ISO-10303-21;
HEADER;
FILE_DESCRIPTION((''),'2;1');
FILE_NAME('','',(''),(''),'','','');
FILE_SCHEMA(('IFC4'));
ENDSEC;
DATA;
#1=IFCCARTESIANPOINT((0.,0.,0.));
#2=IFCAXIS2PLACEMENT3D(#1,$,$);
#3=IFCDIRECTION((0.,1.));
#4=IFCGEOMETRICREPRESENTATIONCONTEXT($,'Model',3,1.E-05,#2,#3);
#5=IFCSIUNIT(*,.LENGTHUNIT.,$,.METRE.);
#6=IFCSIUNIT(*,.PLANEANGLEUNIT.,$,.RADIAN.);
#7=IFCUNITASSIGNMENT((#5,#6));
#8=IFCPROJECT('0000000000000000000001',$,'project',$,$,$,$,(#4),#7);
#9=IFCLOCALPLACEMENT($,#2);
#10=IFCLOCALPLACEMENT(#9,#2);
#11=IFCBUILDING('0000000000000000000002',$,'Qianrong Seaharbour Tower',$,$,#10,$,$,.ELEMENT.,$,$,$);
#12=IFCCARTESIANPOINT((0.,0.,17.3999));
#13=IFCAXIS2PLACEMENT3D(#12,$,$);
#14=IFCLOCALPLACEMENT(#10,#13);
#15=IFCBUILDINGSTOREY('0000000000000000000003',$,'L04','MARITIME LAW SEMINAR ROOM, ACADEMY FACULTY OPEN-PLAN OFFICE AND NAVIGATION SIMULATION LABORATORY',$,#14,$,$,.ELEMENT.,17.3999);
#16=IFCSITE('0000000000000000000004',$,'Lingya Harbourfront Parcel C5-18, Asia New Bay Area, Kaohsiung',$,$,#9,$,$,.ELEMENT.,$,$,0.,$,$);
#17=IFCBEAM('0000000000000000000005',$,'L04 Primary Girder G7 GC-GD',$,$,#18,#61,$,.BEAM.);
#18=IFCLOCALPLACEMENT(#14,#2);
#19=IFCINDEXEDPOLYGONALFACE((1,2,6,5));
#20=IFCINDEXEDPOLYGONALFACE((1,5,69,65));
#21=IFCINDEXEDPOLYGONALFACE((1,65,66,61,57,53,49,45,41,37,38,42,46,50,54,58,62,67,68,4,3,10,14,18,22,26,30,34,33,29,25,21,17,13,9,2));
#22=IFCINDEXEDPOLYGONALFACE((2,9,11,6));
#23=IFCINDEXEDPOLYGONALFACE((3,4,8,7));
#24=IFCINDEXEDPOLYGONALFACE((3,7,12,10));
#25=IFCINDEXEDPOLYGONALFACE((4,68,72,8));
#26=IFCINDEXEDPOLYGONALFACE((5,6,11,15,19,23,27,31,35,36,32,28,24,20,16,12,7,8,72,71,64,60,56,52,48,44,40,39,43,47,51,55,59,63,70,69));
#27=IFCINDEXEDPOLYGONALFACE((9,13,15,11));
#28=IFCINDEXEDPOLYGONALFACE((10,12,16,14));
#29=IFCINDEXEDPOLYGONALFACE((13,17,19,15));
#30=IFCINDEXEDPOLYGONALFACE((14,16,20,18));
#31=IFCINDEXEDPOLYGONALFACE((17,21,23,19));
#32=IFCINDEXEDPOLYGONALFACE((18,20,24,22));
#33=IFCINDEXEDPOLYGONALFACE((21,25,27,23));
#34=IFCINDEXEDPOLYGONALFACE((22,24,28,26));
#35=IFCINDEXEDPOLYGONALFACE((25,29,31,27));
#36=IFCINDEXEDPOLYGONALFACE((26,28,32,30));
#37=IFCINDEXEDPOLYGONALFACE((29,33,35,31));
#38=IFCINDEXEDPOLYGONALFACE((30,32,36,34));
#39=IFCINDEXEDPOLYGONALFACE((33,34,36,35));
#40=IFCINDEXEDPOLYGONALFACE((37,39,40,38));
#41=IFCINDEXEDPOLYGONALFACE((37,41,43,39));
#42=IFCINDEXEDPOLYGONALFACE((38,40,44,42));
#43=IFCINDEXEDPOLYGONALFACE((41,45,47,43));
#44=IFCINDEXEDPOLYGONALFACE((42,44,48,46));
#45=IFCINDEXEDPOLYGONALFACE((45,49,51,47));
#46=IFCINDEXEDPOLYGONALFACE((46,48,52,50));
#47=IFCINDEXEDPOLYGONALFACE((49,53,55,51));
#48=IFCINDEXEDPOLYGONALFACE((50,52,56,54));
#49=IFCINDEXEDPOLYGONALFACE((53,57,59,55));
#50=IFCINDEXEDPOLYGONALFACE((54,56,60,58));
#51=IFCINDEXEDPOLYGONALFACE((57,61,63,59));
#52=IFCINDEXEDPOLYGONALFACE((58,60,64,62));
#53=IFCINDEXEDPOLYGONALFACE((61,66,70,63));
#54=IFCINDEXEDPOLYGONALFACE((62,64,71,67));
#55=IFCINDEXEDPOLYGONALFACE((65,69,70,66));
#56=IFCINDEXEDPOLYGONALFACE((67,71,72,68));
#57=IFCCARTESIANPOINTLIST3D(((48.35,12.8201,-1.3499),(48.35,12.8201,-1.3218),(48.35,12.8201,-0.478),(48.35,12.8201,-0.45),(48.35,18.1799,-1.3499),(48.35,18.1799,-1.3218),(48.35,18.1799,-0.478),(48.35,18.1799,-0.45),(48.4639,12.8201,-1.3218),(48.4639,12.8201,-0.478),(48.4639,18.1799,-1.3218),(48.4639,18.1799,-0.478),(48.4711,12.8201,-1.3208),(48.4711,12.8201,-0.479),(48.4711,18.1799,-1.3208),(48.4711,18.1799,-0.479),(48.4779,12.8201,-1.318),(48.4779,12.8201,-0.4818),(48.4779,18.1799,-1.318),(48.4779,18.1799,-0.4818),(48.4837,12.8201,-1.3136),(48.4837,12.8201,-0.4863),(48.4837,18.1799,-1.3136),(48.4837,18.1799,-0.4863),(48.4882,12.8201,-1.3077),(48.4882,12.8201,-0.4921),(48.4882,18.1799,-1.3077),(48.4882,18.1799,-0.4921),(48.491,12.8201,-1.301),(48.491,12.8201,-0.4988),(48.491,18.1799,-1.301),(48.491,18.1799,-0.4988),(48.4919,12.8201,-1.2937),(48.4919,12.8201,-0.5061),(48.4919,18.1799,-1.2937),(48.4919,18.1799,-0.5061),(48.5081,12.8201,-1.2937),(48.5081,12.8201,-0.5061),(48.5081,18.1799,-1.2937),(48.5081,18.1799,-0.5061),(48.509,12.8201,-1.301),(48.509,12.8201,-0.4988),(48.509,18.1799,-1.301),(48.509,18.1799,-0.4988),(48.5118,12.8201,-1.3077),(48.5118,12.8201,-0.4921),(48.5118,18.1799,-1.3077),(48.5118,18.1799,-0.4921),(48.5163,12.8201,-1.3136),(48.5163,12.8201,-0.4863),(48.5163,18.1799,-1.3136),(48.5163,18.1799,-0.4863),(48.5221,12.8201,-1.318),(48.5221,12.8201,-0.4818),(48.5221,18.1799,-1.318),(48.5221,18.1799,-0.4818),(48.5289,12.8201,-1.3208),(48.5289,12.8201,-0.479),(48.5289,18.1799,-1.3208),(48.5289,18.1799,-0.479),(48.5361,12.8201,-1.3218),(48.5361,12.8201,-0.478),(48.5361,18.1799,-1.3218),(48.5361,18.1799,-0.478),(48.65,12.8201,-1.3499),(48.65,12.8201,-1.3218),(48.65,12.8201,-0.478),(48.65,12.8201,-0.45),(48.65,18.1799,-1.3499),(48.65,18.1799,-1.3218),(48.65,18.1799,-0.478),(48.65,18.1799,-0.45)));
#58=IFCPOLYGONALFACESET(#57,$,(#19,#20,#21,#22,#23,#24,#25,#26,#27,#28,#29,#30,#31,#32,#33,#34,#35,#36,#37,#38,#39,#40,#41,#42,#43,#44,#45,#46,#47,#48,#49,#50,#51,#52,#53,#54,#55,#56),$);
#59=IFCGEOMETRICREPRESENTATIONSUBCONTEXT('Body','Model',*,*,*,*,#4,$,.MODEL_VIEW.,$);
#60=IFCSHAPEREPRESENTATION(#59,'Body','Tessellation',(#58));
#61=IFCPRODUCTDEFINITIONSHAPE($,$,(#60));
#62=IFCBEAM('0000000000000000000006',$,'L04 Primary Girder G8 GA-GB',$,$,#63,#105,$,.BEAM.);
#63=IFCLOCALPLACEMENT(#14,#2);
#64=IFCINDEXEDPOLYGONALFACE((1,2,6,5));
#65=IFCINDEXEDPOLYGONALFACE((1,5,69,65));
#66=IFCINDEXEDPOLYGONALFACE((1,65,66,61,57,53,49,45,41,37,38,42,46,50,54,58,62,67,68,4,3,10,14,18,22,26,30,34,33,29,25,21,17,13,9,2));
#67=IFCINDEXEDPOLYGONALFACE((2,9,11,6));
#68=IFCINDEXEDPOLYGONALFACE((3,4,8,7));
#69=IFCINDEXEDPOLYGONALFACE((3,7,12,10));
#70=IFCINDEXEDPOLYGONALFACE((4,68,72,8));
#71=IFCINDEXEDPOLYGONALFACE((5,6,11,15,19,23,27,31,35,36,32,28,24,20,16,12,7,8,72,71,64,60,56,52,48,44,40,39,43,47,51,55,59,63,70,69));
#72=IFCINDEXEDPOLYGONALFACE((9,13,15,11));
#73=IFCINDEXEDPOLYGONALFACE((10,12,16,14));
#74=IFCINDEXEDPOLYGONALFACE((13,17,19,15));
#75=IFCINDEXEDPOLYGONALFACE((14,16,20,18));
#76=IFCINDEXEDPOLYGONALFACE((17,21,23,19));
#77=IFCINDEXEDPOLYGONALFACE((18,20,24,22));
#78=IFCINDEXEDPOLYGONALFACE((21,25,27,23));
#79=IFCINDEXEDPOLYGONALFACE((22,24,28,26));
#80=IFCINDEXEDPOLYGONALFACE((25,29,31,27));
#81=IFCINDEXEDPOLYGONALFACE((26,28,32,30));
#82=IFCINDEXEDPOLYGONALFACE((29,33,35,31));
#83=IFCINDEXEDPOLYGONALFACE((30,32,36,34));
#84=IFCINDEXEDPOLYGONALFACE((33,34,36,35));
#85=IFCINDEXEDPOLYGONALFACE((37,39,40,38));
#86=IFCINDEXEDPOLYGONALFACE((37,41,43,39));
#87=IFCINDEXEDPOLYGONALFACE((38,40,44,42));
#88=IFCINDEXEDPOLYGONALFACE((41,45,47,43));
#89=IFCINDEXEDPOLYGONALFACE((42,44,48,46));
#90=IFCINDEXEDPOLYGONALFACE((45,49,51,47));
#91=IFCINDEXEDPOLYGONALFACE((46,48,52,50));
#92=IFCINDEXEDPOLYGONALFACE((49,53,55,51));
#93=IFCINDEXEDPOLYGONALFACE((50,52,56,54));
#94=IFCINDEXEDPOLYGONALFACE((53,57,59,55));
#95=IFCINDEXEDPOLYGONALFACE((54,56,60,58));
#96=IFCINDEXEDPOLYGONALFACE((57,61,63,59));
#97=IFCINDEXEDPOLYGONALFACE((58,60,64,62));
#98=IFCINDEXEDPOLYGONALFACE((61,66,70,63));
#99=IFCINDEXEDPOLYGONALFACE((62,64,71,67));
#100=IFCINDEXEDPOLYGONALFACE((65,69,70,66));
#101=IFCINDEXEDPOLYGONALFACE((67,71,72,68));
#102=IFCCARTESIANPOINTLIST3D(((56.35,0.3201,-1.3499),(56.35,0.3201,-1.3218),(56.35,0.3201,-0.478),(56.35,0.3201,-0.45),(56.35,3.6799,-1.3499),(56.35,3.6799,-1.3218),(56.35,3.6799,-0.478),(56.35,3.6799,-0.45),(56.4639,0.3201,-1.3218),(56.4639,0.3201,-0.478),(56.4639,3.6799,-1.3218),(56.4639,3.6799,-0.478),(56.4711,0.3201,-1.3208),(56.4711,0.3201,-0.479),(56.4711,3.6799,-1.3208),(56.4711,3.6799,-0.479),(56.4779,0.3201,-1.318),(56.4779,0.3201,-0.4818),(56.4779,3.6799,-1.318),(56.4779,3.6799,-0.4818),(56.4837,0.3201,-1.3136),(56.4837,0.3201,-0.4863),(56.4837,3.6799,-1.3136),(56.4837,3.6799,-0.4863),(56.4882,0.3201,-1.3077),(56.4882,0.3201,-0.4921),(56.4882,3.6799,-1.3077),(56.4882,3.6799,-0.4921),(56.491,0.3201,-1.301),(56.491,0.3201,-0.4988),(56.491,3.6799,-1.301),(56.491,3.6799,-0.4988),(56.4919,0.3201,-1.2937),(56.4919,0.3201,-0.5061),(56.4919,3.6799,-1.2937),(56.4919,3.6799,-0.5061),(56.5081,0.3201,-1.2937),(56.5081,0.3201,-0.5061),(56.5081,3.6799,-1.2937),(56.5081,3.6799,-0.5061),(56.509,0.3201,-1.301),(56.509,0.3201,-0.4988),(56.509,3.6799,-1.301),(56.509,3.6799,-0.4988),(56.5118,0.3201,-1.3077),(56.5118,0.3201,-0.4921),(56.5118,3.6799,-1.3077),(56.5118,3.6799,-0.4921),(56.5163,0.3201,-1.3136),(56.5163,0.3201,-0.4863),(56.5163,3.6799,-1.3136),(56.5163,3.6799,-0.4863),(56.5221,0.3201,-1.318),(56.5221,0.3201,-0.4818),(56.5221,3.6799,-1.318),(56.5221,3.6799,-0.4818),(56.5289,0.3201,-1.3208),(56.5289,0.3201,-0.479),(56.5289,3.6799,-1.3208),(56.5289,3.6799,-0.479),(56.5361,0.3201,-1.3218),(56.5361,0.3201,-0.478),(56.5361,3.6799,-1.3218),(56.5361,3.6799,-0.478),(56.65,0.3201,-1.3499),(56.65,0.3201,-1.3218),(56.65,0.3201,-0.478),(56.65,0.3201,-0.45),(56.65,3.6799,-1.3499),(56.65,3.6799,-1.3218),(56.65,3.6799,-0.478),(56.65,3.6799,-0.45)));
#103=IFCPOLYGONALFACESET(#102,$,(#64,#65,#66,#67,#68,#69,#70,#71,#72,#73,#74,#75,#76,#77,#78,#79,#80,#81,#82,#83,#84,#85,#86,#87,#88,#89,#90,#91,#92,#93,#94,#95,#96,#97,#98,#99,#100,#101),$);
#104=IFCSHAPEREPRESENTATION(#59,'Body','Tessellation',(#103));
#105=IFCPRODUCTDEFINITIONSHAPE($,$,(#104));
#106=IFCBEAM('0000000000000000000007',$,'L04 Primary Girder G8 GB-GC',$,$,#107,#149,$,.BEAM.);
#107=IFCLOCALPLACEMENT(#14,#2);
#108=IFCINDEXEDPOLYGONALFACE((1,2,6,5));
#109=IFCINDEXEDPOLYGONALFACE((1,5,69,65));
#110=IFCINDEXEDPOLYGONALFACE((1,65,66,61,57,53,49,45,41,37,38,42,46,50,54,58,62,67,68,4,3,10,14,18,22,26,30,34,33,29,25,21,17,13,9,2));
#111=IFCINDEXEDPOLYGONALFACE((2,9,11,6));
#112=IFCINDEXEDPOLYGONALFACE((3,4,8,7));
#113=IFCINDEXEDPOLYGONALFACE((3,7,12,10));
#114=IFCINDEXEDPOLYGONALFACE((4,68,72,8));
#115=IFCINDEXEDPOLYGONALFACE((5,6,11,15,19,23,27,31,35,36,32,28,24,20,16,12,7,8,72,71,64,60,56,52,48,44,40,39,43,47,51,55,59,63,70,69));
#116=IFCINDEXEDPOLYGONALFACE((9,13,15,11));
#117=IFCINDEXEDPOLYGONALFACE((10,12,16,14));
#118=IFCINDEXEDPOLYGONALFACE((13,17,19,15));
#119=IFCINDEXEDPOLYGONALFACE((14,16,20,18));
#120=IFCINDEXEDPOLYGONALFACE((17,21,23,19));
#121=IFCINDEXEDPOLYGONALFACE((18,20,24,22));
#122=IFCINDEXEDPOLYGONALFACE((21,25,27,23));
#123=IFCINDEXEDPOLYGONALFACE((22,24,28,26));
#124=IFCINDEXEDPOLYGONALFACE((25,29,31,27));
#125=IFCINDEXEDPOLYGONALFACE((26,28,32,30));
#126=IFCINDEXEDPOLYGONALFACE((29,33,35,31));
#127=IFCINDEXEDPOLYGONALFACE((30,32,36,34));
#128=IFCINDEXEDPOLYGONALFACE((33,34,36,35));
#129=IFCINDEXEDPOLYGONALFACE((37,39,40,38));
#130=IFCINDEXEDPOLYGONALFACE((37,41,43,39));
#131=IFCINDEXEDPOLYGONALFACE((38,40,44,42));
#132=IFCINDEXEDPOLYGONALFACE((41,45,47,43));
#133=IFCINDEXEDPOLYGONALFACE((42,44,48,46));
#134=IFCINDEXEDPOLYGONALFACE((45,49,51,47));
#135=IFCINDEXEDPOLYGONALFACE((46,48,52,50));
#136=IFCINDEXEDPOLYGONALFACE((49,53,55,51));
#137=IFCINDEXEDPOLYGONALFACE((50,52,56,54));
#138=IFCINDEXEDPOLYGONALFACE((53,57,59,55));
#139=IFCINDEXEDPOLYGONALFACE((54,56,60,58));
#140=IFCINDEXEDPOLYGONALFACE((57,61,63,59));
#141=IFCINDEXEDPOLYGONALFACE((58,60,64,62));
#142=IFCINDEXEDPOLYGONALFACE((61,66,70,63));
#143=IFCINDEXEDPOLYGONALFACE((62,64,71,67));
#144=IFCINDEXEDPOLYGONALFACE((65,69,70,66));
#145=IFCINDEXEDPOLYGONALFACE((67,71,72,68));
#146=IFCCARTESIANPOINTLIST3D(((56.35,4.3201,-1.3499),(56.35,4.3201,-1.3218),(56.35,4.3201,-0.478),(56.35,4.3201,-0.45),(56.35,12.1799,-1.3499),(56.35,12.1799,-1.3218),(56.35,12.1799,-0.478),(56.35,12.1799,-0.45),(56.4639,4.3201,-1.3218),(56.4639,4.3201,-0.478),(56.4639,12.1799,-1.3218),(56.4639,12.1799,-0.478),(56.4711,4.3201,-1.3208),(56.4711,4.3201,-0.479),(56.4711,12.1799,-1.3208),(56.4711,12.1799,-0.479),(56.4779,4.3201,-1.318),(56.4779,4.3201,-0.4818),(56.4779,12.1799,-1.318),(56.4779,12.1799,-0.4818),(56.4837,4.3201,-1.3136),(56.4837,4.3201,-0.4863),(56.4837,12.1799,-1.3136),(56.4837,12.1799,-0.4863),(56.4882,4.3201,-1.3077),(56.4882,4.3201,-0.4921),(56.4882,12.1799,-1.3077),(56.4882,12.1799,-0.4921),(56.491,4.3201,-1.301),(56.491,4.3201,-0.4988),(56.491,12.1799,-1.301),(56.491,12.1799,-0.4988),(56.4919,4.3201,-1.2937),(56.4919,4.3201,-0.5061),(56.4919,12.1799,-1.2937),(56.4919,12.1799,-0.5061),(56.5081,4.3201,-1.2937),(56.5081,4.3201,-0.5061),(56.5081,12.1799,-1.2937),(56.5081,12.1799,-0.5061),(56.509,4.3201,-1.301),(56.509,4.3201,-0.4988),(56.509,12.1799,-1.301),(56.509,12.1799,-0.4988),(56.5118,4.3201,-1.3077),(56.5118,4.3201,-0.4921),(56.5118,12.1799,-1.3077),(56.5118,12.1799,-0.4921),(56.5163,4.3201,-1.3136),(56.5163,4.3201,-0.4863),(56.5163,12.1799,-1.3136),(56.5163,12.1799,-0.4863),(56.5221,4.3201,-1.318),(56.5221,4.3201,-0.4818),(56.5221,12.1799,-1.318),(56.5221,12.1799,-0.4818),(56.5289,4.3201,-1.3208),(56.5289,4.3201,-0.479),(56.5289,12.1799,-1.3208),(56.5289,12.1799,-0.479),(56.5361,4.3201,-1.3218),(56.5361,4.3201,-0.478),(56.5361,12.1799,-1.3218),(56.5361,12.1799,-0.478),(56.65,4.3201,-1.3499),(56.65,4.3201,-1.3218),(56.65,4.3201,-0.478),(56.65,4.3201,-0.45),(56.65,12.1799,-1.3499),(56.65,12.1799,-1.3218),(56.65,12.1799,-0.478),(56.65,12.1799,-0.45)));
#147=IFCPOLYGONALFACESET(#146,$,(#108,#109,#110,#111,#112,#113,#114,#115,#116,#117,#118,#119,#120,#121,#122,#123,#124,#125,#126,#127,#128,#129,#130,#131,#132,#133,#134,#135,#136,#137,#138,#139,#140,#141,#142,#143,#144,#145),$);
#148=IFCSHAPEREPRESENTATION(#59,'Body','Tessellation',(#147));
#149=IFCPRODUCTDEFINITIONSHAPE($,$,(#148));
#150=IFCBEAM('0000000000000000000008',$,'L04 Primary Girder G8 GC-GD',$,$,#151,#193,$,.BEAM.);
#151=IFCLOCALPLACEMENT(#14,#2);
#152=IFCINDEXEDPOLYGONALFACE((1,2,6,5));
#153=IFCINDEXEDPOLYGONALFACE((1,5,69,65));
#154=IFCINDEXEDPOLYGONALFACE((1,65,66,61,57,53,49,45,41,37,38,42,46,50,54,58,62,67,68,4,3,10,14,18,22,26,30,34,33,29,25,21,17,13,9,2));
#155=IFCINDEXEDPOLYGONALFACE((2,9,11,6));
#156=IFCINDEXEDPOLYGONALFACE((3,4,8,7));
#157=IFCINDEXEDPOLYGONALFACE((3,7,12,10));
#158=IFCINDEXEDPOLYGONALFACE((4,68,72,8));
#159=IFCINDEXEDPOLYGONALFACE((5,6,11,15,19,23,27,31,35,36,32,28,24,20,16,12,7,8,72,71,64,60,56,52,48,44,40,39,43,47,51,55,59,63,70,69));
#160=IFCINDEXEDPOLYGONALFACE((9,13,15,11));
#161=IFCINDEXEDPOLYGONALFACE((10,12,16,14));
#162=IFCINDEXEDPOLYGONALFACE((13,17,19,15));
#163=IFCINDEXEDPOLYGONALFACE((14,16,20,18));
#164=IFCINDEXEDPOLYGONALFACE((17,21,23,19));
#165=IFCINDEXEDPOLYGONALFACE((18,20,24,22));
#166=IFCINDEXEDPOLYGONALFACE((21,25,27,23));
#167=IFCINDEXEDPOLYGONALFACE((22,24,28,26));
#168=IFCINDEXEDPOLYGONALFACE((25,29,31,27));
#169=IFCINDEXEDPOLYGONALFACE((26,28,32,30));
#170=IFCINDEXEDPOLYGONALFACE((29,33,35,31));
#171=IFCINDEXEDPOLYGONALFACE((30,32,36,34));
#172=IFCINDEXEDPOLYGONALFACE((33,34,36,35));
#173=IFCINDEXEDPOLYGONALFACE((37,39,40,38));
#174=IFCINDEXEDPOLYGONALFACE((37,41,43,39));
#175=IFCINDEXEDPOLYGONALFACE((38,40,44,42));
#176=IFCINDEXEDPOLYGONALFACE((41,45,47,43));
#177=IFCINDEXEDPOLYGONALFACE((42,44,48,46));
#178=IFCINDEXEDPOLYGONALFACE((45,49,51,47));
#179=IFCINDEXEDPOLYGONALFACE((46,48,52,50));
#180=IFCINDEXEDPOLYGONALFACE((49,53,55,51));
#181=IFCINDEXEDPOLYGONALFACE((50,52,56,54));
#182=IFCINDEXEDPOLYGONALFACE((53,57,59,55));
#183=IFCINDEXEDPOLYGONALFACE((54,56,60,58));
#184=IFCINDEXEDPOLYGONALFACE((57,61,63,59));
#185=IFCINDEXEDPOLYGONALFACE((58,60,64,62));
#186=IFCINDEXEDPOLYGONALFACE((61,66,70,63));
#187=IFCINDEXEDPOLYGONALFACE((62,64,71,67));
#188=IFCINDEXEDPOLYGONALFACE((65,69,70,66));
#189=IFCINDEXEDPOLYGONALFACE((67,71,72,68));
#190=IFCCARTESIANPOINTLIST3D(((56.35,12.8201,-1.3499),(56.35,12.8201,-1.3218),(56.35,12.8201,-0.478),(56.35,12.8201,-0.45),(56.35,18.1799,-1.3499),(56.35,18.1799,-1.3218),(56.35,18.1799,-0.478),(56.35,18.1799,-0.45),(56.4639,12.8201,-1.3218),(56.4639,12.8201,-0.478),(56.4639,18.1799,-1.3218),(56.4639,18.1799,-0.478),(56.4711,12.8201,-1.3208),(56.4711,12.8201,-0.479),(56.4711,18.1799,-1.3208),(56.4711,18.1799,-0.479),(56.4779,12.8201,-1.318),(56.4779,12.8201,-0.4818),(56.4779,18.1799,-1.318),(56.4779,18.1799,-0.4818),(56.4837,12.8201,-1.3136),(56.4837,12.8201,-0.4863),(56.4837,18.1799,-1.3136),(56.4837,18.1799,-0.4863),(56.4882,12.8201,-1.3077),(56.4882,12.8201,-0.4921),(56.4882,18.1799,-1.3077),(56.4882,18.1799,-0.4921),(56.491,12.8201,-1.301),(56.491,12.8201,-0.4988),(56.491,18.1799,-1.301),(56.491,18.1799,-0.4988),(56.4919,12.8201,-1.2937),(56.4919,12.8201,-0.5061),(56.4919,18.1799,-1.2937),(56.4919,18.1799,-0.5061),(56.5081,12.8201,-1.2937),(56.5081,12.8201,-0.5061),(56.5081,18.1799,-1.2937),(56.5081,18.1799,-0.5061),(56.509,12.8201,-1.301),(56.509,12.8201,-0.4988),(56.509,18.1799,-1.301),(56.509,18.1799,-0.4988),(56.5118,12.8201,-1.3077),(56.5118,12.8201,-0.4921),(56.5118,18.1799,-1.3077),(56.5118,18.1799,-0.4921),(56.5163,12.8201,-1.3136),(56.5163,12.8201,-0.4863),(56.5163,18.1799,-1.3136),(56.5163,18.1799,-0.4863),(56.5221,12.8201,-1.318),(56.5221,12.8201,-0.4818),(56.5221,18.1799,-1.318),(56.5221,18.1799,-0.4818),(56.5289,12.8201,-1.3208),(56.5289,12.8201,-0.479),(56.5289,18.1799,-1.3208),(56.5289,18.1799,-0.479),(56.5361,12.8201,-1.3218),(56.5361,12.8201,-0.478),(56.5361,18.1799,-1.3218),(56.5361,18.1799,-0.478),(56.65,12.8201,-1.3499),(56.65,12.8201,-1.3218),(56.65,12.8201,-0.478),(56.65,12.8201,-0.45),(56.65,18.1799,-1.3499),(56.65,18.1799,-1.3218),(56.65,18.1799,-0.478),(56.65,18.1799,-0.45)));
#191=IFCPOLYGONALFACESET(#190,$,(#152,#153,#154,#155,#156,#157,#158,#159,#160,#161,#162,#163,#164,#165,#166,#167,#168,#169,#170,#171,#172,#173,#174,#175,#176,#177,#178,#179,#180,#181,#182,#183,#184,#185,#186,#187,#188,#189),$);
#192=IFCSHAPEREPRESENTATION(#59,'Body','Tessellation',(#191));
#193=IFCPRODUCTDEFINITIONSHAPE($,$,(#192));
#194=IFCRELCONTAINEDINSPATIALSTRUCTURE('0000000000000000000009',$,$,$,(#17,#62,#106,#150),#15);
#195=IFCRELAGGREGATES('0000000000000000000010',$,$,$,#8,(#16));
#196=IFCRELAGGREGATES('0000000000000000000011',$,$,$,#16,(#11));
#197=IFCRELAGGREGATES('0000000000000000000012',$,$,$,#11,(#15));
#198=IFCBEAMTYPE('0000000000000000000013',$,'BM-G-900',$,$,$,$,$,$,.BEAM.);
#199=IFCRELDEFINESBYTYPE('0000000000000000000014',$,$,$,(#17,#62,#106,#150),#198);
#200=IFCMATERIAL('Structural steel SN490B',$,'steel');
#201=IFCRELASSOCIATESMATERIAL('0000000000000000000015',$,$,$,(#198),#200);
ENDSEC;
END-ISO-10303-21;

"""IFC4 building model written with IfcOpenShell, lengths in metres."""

from ifc_helpers import new_model, si_unit, direction, frame, origin, origin_2d, place, context, subcontext, project, spatial, i_section, extrude, material, material_profile, profile_set, type_object, element, save


model = new_model("IFC4")

# Units and contexts
model_context = context("Model", 3, precision=1e-05, world=origin(), true_north=direction((0.0, 1.0)))
body_context = subcontext(model_context, "Body", "Model", "MODEL_VIEW")
ifc_project = project(units=[si_unit("LENGTHUNIT", "METRE"), si_unit("PLANEANGLEUNIT", "RADIAN")], contexts=[model_context])

# Site, building, storey
site_placement = place(None, origin())
site = spatial("IfcSite", under=ifc_project, at=site_placement, Name="Lingya Harbourfront Parcel C5-18, Asia New Bay Area, Kaohsiung", CompositionType="ELEMENT", RefElevation=0.0)
building_placement = place(site_placement, origin())
building = spatial("IfcBuilding", under=site, at=building_placement, Name="Qianrong Seaharbour Tower", CompositionType="ELEMENT")
storey_placement = place(building_placement, frame((0.0, 0.0, 17.3999)))
storey = spatial("IfcBuildingStorey", under=building, at=storey_placement, Name="L04", Description="MARITIME LAW SEMINAR ROOM, ACADEMY FACULTY OPEN-PLAN OFFICE AND NAVIGATION SIMULATION LABORATORY", CompositionType="ELEMENT", Elevation=17.3999)

# Beams
ifc_material_1 = material(Name="Structural steel SN490B", Category="steel")
ifc_material_profile_1 = material_profile(ifc_material_1, i_section(OverallWidth=0.3, OverallDepth=0.8999, WebThickness=0.0161, FlangeThickness=0.0281, FilletRadius=0.0281, at=origin_2d()), Name="H900x300x16x28")
ifc_profile_set_1 = profile_set([ifc_material_profile_1], Name="Structural steel SN490B")
beam_type_1 = type_object("IfcBeamType", Name="BM-G-900", PredefinedType="BEAM", material=ifc_profile_set_1)
beam_1_placement = place(storey_placement, frame((48.5, 12.8201, -0.8999), z_axis=(0.0, 1.0, 0.0), x_axis=(-1.0, 0.0, 0.0)))
element("IfcBeam", 1, at=beam_1_placement, inside=storey, type_object=beam_type_1, Name="L04 Primary Girder G7 GC-GD", PredefinedType="BEAM", context=body_context, shape_type="SweptSolid", body=[
    extrude(i_section(OverallWidth=0.3, OverallDepth=0.8999, WebThickness=0.0161, FlangeThickness=0.0281, FilletRadius=0.0281, at=origin_2d()), origin(), (0.0, 0.0, 1.0), 5.3599),
])
beam_2_placement = place(storey_placement, frame((56.5, 0.3201, -0.8999), z_axis=(0.0, 1.0, 0.0), x_axis=(-1.0, 0.0, 0.0)))
element("IfcBeam", 2, at=beam_2_placement, inside=storey, type_object=beam_type_1, Name="L04 Primary Girder G8 GA-GB", PredefinedType="BEAM", context=body_context, shape_type="SweptSolid", body=[
    extrude(i_section(OverallWidth=0.3, OverallDepth=0.8999, WebThickness=0.0161, FlangeThickness=0.0281, FilletRadius=0.0281, at=origin_2d()), origin(), (0.0, 0.0, 1.0), 3.3599),
])
beam_3_placement = place(storey_placement, frame((56.5, 4.3201, -0.8999), z_axis=(0.0, 1.0, 0.0), x_axis=(-1.0, 0.0, 0.0)))
element("IfcBeam", 3, at=beam_3_placement, inside=storey, type_object=beam_type_1, Name="L04 Primary Girder G8 GB-GC", PredefinedType="BEAM", context=body_context, shape_type="SweptSolid", body=[
    extrude(i_section(OverallWidth=0.3, OverallDepth=0.8999, WebThickness=0.0161, FlangeThickness=0.0281, FilletRadius=0.0281, at=origin_2d()), origin(), (0.0, 0.0, 1.0), 7.8599),
])
beam_4_placement = place(storey_placement, frame((56.5, 12.8201, -0.8999), z_axis=(0.0, 1.0, 0.0), x_axis=(-1.0, 0.0, 0.0)))
element("IfcBeam", 4, at=beam_4_placement, inside=storey, type_object=beam_type_1, Name="L04 Primary Girder G8 GC-GD", PredefinedType="BEAM", context=body_context, shape_type="SweptSolid", body=[
    extrude(i_section(OverallWidth=0.3, OverallDepth=0.8999, WebThickness=0.0161, FlangeThickness=0.0281, FilletRadius=0.0281, at=origin_2d()), origin(), (0.0, 0.0, 1.0), 5.3599),
])

save(model, "model.ifc")
